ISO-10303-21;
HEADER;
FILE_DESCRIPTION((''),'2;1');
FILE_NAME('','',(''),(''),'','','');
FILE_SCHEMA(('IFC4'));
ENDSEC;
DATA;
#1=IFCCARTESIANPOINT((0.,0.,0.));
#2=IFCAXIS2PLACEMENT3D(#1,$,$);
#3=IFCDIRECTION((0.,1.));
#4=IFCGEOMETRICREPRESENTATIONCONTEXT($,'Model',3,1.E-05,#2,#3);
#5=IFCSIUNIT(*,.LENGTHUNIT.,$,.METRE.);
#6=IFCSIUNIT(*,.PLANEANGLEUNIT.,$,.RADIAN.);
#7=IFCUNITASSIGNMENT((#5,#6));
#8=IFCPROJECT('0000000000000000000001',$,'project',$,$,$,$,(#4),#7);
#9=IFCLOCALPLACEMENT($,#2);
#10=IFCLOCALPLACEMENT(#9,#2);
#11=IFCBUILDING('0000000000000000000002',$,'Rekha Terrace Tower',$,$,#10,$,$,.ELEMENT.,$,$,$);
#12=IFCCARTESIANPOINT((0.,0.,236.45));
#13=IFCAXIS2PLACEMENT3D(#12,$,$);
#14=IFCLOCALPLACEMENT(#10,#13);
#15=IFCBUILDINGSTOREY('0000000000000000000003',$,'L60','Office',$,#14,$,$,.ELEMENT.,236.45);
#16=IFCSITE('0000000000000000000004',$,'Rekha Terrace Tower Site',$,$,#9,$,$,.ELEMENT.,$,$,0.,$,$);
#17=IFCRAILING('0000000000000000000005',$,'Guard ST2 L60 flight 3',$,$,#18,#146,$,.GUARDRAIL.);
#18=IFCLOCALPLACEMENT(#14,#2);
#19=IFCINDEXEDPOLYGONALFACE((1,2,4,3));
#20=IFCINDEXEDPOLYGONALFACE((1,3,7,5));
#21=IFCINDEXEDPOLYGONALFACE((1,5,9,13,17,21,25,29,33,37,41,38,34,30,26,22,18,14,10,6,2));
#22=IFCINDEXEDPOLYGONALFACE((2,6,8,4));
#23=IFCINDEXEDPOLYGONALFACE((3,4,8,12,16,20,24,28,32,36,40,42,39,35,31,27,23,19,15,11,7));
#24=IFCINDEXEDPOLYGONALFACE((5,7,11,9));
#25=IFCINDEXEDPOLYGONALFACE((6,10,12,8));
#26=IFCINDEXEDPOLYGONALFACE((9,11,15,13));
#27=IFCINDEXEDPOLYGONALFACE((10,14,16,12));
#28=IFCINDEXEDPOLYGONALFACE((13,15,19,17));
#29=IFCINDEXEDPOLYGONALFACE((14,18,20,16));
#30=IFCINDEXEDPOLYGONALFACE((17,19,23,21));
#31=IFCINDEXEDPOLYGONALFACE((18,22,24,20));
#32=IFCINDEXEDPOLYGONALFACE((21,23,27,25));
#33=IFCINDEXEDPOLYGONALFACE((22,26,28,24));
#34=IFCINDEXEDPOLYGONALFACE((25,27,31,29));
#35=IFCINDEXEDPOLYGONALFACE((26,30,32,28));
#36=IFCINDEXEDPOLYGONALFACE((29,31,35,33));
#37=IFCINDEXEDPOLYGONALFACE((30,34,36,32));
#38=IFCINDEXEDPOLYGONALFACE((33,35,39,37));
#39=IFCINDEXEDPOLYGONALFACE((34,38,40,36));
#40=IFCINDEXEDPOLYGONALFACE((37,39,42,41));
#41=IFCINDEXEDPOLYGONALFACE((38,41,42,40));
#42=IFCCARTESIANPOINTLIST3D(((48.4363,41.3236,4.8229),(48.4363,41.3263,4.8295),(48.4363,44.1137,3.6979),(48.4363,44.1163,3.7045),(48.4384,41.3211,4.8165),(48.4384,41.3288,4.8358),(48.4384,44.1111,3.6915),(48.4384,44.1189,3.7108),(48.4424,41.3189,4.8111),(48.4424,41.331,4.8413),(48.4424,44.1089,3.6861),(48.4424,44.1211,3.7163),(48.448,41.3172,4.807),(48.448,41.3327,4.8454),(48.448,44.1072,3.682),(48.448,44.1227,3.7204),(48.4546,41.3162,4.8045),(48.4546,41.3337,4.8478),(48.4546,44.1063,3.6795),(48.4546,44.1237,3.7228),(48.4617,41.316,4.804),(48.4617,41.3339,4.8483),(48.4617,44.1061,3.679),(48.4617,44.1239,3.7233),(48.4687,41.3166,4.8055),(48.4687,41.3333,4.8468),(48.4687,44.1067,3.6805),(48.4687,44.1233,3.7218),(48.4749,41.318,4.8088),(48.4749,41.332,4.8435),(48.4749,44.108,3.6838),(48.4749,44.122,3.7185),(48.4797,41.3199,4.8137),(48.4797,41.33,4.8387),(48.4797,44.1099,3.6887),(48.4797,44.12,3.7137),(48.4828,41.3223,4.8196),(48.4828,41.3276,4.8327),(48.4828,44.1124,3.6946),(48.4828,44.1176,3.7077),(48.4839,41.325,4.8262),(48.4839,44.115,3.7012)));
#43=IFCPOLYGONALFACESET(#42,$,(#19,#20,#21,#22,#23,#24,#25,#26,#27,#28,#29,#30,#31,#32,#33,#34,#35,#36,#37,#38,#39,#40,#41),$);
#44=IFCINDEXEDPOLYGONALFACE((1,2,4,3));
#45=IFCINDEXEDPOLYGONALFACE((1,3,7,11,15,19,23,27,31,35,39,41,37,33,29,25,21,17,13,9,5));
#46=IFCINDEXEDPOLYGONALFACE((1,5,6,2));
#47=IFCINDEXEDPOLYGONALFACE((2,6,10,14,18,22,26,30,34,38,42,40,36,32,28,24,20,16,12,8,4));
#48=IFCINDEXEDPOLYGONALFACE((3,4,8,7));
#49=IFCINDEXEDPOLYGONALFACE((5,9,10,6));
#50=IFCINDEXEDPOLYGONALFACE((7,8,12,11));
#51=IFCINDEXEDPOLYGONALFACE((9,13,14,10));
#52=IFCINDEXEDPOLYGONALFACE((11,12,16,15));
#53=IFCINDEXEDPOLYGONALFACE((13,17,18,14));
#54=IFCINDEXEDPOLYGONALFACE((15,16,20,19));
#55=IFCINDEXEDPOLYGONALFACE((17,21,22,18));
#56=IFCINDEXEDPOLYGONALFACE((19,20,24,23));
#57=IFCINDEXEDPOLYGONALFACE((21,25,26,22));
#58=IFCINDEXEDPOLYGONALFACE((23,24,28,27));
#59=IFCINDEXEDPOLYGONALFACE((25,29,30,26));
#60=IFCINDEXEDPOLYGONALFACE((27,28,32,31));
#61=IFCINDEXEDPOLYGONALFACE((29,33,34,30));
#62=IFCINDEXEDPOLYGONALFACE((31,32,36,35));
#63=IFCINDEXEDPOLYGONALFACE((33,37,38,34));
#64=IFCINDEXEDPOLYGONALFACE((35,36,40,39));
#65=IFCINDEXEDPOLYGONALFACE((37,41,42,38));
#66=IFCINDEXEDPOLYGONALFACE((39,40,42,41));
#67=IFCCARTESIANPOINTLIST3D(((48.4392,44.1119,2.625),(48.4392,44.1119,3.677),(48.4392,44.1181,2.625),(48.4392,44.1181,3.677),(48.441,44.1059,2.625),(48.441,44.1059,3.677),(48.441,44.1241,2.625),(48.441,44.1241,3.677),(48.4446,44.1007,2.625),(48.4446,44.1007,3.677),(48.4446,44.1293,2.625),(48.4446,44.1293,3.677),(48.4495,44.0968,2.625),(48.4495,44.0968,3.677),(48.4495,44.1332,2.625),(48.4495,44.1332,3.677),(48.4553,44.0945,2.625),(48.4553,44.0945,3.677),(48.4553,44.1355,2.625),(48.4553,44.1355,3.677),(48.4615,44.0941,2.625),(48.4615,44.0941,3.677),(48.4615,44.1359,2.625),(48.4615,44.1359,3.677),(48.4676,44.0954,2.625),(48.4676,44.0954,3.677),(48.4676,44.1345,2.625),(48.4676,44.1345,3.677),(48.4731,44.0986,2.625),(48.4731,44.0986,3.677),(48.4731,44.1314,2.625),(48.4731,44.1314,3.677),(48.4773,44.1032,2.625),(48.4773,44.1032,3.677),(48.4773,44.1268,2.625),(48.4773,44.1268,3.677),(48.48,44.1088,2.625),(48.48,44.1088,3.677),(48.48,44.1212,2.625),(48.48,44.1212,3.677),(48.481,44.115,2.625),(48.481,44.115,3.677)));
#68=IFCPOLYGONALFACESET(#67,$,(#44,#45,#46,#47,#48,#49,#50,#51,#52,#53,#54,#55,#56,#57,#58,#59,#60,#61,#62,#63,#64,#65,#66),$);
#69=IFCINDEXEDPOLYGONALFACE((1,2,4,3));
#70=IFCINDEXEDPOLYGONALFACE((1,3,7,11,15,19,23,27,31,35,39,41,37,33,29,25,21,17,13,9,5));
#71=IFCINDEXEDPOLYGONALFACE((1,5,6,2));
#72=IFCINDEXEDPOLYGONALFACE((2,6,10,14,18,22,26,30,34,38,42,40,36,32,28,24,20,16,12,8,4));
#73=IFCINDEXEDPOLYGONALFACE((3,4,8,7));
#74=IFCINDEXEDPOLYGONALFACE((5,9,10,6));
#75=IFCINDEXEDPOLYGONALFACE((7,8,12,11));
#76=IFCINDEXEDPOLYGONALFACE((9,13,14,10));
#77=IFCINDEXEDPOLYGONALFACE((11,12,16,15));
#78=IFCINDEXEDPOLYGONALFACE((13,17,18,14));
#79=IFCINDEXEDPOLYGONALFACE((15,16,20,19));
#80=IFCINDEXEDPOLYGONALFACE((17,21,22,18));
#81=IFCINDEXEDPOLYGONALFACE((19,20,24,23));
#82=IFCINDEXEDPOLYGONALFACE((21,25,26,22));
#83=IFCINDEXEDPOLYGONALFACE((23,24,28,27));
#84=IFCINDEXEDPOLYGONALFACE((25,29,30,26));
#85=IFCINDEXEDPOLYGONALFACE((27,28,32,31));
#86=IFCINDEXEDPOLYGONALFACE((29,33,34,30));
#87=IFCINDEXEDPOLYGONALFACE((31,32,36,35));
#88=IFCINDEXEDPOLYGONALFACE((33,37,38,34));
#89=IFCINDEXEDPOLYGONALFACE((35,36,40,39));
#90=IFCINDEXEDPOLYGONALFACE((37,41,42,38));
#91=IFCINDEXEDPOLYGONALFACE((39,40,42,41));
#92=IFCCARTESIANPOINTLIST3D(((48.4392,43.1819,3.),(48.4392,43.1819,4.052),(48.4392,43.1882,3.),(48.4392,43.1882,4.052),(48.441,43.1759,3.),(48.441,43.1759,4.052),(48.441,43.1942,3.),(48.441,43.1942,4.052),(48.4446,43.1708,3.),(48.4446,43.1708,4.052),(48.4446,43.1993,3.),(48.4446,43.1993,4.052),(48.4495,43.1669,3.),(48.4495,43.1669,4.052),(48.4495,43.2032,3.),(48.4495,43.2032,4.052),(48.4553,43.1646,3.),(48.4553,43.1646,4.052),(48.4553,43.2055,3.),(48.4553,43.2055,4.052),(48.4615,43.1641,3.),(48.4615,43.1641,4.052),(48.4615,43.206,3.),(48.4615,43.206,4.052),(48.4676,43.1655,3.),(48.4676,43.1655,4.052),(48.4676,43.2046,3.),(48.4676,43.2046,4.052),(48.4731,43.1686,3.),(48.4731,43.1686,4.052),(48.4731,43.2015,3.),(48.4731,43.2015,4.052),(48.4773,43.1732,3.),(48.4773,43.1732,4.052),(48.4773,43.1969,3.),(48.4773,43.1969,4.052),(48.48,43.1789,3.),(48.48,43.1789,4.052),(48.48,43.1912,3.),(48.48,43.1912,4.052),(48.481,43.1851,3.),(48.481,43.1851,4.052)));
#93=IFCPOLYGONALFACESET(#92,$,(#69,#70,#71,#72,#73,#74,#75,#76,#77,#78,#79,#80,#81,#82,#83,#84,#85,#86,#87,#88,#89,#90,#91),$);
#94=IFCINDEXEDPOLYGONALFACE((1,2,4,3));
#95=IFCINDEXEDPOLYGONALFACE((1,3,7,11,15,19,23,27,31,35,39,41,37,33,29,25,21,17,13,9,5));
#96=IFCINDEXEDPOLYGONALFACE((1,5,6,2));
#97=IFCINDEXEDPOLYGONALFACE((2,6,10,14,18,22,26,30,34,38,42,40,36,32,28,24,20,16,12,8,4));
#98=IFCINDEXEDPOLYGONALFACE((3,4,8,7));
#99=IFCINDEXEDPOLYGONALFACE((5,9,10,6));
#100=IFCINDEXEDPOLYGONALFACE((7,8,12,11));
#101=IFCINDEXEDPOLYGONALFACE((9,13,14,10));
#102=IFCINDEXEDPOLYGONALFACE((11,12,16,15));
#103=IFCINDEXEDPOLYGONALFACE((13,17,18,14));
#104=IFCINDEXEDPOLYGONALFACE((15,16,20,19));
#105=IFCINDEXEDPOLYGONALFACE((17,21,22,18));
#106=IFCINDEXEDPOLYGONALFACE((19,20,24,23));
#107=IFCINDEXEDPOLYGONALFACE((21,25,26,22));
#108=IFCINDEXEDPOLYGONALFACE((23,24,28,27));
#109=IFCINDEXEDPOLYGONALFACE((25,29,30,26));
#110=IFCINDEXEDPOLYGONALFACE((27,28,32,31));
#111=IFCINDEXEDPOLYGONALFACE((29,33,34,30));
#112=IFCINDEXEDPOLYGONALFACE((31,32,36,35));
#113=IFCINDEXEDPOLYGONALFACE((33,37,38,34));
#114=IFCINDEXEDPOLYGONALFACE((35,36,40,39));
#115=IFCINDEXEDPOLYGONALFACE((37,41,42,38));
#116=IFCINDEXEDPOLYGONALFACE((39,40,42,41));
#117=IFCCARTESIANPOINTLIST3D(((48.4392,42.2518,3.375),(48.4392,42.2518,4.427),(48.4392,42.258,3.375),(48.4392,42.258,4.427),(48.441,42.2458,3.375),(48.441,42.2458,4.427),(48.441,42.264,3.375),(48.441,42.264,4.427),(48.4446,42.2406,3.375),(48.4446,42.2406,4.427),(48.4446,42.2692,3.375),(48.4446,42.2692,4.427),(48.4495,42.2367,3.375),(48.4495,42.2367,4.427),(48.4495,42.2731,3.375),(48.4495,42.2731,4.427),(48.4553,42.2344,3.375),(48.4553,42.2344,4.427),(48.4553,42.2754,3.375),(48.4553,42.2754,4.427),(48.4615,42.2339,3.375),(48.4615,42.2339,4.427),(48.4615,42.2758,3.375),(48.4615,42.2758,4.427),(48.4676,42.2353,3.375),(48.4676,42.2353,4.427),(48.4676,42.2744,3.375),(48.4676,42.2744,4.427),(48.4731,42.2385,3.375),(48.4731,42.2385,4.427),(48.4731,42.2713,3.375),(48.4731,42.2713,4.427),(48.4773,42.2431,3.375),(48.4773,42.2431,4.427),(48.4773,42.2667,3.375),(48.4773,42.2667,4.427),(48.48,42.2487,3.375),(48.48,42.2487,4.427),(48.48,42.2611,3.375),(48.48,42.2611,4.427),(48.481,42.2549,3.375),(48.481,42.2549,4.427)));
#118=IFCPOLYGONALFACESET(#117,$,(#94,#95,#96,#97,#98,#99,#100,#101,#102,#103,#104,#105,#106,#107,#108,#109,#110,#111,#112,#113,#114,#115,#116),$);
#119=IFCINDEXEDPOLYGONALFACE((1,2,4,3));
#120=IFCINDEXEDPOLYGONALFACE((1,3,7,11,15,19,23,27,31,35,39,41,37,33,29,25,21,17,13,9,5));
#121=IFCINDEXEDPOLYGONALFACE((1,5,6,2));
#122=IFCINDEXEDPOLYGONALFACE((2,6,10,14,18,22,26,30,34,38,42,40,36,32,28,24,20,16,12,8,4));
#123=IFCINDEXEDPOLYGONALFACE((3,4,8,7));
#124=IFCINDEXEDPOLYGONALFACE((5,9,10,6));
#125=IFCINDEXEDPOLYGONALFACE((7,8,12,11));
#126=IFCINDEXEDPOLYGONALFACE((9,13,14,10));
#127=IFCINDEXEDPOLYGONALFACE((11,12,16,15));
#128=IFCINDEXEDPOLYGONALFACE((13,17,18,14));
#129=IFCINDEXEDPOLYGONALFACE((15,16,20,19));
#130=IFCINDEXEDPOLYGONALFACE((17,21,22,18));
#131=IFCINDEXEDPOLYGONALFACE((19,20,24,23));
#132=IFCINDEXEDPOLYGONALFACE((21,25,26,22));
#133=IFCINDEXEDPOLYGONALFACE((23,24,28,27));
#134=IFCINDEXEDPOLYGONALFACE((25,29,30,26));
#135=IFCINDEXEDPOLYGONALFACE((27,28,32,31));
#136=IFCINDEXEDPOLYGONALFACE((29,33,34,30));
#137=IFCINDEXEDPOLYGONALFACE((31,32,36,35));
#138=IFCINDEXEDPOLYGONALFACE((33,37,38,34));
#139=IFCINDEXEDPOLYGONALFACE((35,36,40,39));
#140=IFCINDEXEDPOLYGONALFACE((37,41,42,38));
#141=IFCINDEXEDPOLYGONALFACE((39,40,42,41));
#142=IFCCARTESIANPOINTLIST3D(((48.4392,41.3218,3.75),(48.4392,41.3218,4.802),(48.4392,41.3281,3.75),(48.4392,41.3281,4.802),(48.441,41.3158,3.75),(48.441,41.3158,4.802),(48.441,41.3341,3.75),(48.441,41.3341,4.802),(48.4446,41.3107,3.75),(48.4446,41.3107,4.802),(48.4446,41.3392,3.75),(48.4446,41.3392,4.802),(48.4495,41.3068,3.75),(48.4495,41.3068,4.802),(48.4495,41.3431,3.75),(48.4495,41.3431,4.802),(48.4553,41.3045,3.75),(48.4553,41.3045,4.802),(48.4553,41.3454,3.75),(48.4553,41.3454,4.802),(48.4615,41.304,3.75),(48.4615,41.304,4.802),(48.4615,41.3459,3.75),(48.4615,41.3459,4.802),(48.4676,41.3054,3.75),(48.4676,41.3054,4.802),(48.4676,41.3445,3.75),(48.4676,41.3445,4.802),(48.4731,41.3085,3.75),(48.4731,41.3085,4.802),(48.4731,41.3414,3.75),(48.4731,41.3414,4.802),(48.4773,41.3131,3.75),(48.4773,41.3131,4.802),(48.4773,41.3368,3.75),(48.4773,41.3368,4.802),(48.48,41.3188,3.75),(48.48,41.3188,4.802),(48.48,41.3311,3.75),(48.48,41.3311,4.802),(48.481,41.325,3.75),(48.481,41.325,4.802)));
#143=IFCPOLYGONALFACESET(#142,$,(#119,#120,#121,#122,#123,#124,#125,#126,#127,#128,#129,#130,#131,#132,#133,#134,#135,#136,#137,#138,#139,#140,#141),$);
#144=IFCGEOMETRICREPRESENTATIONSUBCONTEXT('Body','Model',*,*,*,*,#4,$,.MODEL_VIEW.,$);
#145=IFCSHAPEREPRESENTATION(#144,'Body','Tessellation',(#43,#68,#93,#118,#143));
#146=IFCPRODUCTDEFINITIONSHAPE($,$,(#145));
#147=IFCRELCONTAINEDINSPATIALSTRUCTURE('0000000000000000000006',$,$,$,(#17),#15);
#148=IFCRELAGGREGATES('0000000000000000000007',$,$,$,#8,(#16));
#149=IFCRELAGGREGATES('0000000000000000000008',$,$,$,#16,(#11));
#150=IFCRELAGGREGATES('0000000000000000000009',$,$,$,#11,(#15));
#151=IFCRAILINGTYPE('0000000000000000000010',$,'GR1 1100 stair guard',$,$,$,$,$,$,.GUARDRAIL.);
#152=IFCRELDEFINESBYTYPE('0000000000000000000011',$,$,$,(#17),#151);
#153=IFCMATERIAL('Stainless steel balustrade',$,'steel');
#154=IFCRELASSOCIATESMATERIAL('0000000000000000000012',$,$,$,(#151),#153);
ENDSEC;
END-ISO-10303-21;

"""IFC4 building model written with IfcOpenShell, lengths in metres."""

from ifc_helpers import new_model, si_unit, direction, frame, origin, origin_2d, place, context, subcontext, project, spatial, circle, extrude, material, type_object, element, save


model = new_model("IFC4")

# Units and contexts
model_context = context("Model", 3, precision=1e-05, world=origin(), true_north=direction((0.0, 1.0)))
body_context = subcontext(model_context, "Body", "Model", "MODEL_VIEW")
ifc_project = project(units=[si_unit("LENGTHUNIT", "METRE"), si_unit("PLANEANGLEUNIT", "RADIAN")], contexts=[model_context])

# Site, building, storey
site_placement = place(None, origin())
site = spatial("IfcSite", under=ifc_project, at=site_placement, Name="Rekha Terrace Tower Site", CompositionType="ELEMENT", RefElevation=0.0)
building_placement = place(site_placement, origin())
building = spatial("IfcBuilding", under=site, at=building_placement, Name="Rekha Terrace Tower", CompositionType="ELEMENT")
storey_placement = place(building_placement, frame((0.0, 0.0, 236.45)))
storey = spatial("IfcBuildingStorey", under=building, at=storey_placement, Name="L60", Description="Office", CompositionType="ELEMENT", Elevation=236.45)

# Railing
ifc_material_1 = material(Name="Stainless steel balustrade", Category="steel")
railing_type_1 = type_object("IfcRailingType", Name="GR1 1100 stair guard", PredefinedType="GUARDRAIL", material=ifc_material_1)
railing_1_placement = place(storey_placement, frame((48.46, 44.115, 2.625)))
element("IfcRailing", 1, at=railing_1_placement, inside=storey, type_object=railing_type_1, Name="Guard ST2 L60 flight 3", PredefinedType="GUARDRAIL", context=body_context, shape_type="SweptSolid", body=[
    extrude(circle(Radius=0.0239, at=origin_2d()), frame((0.0, 0.0, 1.0762), z_axis=(0.0, -0.927443, 0.373964), x_axis=(1.0, 0.0, 0.0)), (0.0, 0.0, 1.0), 3.0083),
    extrude(circle(Radius=0.021, at=origin_2d()), origin(), (0.0, 0.0, 1.0), 1.052),
    extrude(circle(Radius=0.021, at=origin_2d()), frame((0.0, -0.9299, 0.375)), (0.0, 0.0, 1.0), 1.052),
    extrude(circle(Radius=0.021, at=origin_2d()), frame((0.0, -1.8601, 0.75)), (0.0, 0.0, 1.0), 1.052),
    extrude(circle(Radius=0.021, at=origin_2d()), frame((0.0, -2.79, 1.125)), (0.0, 0.0, 1.0), 1.052),
])

save(model, "model.ifc")
